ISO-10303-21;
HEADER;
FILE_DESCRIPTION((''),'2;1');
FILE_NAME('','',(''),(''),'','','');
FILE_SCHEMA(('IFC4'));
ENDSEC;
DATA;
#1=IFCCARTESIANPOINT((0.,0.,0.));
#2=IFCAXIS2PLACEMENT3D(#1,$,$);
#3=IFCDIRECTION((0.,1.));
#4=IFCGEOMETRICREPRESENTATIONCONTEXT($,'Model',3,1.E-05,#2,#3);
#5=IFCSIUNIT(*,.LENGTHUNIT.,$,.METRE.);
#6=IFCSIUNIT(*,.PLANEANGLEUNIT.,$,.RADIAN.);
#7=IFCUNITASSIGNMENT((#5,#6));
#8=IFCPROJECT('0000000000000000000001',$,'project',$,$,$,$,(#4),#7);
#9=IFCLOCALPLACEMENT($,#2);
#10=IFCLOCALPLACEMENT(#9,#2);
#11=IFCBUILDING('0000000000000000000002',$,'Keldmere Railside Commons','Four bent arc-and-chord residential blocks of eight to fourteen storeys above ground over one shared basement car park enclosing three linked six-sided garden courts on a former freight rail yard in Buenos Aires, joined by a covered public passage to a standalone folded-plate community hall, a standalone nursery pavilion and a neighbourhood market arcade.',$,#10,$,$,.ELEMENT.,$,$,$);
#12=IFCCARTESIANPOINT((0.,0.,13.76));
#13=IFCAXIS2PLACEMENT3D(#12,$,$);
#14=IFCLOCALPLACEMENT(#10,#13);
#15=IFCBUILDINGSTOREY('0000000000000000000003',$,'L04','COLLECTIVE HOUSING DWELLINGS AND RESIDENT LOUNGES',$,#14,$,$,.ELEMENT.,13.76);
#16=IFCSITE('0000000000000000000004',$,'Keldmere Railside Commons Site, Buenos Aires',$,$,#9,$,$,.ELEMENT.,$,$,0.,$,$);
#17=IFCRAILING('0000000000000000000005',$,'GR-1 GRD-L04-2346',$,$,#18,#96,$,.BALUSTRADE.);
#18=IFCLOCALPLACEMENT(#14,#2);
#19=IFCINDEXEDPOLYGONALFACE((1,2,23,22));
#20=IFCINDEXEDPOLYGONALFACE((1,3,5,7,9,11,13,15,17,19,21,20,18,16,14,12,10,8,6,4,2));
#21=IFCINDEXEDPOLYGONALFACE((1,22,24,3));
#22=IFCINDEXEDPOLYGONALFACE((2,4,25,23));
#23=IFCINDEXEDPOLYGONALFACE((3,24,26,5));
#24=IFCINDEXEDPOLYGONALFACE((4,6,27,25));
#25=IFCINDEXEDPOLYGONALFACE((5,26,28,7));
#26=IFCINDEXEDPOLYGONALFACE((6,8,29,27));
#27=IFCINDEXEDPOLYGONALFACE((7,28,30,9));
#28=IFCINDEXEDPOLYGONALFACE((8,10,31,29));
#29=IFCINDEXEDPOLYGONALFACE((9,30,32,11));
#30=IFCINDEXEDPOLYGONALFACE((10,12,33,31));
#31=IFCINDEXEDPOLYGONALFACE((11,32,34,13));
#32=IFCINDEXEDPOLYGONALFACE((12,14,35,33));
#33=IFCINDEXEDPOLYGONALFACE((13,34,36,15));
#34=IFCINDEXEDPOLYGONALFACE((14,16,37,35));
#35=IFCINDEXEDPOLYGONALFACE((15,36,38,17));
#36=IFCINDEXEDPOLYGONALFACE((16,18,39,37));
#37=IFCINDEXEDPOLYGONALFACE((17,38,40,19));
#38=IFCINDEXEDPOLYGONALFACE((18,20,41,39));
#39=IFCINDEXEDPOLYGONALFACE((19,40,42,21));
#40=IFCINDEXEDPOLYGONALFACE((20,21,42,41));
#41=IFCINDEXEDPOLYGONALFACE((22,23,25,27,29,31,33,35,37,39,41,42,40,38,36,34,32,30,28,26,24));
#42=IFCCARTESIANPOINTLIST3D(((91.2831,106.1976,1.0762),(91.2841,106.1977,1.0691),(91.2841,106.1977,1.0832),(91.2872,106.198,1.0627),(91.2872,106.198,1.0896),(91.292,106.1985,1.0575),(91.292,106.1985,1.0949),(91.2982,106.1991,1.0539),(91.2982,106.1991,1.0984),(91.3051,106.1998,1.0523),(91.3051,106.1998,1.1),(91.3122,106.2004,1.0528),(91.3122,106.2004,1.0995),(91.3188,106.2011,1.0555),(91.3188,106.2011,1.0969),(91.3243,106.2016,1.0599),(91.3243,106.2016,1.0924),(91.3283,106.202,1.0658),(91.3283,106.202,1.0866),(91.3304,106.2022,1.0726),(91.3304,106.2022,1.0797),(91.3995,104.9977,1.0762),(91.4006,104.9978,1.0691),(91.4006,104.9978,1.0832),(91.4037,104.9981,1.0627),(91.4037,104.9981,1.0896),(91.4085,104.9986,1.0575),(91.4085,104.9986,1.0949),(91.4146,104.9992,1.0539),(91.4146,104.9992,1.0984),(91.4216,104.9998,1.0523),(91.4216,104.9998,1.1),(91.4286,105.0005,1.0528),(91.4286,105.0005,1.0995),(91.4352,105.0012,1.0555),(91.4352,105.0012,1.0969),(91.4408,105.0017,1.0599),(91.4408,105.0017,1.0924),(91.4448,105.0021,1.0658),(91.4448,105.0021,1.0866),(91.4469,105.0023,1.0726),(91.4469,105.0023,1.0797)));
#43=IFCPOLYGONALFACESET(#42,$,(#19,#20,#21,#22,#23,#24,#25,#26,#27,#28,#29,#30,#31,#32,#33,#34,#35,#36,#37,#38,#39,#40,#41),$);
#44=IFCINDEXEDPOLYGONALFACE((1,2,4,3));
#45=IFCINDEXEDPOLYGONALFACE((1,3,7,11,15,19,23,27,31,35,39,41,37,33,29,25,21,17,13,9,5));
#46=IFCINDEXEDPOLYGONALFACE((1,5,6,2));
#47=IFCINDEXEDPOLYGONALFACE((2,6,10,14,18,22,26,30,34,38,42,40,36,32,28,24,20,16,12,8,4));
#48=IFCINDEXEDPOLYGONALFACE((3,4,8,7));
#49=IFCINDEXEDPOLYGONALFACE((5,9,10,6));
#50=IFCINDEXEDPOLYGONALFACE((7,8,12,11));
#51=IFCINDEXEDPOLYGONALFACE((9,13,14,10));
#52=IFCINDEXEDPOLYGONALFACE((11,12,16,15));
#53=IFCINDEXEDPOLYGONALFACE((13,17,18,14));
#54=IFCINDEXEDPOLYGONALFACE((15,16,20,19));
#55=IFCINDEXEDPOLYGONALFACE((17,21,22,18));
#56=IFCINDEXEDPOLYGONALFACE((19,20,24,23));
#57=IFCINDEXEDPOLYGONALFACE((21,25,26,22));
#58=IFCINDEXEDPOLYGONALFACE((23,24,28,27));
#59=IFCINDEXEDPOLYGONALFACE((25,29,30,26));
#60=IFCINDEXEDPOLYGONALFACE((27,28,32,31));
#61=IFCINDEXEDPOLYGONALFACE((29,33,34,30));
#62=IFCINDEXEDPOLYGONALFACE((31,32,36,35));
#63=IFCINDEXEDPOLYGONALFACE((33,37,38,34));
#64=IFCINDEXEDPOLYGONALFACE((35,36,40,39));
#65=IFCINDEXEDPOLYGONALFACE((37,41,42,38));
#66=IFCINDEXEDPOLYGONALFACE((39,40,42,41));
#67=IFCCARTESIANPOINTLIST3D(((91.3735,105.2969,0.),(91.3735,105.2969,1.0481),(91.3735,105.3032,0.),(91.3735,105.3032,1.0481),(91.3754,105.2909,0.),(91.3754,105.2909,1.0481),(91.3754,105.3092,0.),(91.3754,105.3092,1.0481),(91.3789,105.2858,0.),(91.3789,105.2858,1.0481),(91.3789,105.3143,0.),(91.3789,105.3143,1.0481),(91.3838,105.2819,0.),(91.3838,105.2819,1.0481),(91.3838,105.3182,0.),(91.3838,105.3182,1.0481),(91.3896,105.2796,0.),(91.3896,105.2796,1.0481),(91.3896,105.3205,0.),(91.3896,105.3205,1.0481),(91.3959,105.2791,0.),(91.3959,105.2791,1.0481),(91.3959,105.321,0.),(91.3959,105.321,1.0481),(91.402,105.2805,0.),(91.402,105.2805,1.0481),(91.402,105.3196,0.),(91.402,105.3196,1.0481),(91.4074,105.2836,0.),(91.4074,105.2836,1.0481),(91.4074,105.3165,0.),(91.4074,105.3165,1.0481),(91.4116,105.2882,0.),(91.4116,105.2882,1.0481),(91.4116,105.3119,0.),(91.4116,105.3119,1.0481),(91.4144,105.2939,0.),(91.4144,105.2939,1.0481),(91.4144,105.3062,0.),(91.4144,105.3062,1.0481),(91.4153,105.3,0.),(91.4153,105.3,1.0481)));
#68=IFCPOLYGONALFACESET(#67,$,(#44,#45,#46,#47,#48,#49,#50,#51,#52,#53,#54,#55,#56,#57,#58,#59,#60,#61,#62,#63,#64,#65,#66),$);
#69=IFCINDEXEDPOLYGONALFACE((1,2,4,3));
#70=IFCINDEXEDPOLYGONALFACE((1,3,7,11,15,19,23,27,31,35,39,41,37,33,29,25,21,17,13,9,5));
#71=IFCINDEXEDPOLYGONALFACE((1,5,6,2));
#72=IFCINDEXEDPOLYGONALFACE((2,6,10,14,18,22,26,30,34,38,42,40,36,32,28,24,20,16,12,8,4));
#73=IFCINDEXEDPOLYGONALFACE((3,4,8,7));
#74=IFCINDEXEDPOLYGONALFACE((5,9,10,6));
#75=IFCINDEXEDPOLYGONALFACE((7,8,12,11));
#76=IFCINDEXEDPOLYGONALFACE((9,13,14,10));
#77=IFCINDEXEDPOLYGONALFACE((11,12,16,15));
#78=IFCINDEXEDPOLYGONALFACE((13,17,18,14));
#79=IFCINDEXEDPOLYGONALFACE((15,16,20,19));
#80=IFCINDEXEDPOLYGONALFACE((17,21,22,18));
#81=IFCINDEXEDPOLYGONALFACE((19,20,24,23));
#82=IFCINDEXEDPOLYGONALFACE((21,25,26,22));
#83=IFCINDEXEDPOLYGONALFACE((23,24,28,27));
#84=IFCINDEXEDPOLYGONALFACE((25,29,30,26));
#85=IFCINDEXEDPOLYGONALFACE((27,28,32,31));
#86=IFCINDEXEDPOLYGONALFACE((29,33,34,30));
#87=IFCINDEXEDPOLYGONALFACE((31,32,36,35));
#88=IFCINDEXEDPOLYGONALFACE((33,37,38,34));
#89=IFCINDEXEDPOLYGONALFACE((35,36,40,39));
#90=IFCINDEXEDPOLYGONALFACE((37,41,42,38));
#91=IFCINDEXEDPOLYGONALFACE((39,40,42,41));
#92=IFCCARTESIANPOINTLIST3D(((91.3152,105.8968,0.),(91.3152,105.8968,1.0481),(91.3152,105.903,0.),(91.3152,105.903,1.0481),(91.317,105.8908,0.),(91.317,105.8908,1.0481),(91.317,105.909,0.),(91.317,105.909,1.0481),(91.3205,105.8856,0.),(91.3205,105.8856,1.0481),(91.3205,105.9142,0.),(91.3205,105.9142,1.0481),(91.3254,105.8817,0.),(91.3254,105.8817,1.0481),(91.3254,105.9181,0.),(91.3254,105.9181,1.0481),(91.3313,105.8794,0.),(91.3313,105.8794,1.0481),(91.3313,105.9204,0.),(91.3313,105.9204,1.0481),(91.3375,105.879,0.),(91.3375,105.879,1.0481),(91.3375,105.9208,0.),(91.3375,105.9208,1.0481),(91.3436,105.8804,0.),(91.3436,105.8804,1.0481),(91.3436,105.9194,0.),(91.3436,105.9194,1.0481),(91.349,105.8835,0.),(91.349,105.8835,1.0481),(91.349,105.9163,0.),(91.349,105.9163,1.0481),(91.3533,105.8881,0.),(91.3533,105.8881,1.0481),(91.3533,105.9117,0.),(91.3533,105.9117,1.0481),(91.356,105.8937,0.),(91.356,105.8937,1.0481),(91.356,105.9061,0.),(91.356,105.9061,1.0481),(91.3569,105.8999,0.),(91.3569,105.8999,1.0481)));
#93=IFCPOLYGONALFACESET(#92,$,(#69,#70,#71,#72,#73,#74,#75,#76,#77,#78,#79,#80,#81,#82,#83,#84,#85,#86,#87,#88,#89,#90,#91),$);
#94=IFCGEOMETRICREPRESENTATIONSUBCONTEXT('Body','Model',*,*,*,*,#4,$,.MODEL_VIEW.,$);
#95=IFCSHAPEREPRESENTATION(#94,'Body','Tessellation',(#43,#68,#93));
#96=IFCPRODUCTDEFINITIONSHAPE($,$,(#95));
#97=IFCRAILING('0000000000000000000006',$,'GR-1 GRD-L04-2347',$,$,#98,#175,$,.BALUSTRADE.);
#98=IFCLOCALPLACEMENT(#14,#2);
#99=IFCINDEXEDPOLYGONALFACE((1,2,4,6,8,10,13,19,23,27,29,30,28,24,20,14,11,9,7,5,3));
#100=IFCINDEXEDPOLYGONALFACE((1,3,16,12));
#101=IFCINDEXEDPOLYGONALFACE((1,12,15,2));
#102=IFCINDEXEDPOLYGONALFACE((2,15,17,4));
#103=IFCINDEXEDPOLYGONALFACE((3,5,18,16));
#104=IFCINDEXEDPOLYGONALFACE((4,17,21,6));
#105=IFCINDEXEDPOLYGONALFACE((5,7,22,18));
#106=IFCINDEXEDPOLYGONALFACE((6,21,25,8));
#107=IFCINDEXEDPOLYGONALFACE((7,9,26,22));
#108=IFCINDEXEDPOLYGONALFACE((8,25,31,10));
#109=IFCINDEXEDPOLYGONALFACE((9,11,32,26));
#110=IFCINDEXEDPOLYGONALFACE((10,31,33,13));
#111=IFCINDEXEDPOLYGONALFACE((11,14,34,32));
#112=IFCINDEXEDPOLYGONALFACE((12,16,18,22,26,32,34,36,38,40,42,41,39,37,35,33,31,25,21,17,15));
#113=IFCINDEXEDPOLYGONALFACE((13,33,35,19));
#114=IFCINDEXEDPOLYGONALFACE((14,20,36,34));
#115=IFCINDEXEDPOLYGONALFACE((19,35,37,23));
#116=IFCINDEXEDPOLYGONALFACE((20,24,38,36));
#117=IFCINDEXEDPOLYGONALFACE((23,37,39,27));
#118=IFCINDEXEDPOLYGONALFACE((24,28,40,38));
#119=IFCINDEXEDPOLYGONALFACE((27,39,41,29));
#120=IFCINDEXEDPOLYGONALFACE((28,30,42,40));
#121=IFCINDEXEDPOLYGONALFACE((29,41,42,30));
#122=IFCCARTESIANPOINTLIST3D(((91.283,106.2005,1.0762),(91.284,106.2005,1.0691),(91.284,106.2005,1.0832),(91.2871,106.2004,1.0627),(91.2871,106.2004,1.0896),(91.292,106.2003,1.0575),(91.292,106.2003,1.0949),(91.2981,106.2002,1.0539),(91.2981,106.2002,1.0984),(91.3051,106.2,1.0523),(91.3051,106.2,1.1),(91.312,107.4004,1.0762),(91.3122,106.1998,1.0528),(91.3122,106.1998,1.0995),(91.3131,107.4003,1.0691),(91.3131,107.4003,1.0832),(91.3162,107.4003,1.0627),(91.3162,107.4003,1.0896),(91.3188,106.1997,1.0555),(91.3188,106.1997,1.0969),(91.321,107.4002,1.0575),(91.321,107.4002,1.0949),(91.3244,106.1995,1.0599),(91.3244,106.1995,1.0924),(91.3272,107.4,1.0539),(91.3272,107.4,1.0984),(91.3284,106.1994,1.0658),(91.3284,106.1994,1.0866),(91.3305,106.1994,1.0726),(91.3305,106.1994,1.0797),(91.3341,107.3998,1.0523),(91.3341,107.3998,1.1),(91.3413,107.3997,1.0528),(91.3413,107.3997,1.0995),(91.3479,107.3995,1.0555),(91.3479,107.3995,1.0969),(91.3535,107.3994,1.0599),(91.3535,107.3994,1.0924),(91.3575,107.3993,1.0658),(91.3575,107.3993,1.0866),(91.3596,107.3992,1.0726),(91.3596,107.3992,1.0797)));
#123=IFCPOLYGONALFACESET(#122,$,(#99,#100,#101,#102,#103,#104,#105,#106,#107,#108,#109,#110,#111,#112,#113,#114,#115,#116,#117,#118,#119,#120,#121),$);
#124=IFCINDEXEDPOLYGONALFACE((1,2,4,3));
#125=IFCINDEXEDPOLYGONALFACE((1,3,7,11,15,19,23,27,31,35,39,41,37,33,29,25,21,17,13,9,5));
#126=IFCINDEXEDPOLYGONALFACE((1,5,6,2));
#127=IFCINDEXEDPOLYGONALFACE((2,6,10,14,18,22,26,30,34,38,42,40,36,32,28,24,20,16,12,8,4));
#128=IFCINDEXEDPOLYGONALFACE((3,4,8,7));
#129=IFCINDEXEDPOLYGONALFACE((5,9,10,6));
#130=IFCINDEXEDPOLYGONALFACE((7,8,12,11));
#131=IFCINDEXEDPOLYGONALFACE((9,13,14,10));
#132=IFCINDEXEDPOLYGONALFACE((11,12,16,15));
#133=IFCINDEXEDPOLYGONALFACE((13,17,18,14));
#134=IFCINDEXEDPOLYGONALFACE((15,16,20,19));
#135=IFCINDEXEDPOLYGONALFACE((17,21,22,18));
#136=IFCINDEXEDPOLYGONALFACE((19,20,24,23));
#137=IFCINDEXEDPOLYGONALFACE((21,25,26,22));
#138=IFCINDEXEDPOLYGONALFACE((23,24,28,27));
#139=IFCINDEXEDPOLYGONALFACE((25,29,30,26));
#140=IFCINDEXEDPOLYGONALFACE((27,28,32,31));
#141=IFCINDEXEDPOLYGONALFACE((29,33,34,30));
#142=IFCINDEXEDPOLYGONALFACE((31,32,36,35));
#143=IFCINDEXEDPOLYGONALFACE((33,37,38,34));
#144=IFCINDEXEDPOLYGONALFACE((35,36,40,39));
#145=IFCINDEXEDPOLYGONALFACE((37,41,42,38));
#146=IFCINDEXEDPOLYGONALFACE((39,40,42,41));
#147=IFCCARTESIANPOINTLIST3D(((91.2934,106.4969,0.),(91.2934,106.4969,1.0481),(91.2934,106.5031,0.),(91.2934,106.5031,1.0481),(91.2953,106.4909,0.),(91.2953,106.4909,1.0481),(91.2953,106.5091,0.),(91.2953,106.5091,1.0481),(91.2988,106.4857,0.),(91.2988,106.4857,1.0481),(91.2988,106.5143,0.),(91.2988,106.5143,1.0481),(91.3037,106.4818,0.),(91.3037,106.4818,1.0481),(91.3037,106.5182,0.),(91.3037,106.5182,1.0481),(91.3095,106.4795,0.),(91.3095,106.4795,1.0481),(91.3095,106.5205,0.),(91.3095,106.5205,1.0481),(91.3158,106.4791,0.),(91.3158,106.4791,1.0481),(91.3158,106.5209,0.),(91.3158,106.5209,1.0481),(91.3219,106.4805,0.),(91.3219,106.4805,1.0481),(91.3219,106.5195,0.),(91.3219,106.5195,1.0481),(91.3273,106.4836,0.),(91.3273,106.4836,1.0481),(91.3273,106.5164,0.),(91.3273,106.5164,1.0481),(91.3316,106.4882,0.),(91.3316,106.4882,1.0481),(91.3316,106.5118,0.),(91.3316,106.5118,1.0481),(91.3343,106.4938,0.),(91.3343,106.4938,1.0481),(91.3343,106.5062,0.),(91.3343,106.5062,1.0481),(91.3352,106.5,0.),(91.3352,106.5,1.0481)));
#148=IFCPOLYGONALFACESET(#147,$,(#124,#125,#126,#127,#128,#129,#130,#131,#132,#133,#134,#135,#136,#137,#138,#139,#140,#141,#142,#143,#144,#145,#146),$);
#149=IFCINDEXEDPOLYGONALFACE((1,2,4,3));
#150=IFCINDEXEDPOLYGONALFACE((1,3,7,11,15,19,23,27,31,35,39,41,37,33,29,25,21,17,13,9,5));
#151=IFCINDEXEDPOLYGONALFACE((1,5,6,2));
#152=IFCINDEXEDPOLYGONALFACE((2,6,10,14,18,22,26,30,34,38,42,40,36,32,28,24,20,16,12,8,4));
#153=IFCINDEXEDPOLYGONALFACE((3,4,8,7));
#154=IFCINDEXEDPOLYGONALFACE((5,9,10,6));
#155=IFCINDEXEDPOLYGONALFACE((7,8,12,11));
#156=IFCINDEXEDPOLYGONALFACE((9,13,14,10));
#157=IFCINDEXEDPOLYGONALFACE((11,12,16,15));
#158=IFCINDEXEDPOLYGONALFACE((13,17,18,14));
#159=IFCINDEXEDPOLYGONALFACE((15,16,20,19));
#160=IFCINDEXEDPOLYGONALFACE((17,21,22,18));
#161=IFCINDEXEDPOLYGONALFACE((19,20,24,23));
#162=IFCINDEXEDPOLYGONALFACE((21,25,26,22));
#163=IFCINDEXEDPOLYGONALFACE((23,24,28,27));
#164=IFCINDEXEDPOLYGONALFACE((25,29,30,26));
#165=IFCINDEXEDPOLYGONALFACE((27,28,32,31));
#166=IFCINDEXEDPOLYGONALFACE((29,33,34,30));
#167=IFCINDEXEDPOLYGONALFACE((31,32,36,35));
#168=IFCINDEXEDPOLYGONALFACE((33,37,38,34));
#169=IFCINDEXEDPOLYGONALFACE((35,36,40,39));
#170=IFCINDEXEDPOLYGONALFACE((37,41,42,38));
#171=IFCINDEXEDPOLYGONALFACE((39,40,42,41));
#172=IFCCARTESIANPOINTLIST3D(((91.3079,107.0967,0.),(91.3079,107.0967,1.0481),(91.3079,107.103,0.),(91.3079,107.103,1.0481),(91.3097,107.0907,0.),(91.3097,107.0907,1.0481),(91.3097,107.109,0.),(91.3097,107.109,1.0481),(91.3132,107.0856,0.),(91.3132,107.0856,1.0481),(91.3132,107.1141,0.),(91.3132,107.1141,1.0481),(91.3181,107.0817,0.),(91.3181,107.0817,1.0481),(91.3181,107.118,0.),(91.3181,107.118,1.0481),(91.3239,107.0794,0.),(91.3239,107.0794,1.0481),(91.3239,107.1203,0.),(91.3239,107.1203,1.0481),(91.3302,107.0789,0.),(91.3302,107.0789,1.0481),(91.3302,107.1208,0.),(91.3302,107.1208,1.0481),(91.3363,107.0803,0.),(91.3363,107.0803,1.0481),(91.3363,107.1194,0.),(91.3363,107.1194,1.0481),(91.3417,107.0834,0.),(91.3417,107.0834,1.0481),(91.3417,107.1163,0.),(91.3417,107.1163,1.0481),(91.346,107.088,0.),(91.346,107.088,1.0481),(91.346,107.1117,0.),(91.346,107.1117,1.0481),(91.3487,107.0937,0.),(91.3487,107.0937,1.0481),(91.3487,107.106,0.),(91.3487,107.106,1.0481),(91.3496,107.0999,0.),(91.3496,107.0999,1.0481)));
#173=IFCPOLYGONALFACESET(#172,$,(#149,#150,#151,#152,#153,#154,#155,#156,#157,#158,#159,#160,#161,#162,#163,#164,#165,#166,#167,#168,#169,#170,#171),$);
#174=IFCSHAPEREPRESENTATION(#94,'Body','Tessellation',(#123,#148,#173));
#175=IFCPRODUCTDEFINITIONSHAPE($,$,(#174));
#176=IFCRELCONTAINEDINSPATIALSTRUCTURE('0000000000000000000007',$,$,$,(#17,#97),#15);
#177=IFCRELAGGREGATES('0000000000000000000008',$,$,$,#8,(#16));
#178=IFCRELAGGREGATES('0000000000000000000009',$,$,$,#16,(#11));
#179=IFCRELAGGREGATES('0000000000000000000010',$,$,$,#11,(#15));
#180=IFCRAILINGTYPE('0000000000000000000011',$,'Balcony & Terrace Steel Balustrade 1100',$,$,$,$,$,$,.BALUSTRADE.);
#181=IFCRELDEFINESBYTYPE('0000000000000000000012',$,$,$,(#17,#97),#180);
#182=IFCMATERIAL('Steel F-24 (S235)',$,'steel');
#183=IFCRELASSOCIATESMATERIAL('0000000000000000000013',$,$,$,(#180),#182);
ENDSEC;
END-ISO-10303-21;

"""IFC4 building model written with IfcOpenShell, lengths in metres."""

from ifc_helpers import new_model, si_unit, direction, frame, origin, origin_2d, place, context, subcontext, project, spatial, circle, extrude, material, type_object, element, save


model = new_model("IFC4")

# Units and contexts
model_context = context("Model", 3, precision=1e-05, world=origin(), true_north=direction((0.0, 1.0)))
body_context = subcontext(model_context, "Body", "Model", "MODEL_VIEW")
ifc_project = project(units=[si_unit("LENGTHUNIT", "METRE"), si_unit("PLANEANGLEUNIT", "RADIAN")], contexts=[model_context])

# Site, building, storey
site_placement = place(None, origin())
site = spatial("IfcSite", under=ifc_project, at=site_placement, Name="Keldmere Railside Commons Site, Buenos Aires", CompositionType="ELEMENT", RefElevation=0.0)
building_placement = place(site_placement, origin())
building = spatial("IfcBuilding", under=site, at=building_placement, Name="Keldmere Railside Commons", Description="Four bent arc-and-chord residential blocks of eight to fourteen storeys above ground over one shared basement car park enclosing three linked six-sided garden courts on a former freight rail yard in Buenos Aires, joined by a covered public passage to a standalone folded-plate community hall, a standalone nursery pavilion and a neighbourhood market arcade.", CompositionType="ELEMENT")
storey_placement = place(building_placement, frame((0.0, 0.0, 13.76)))
storey = spatial("IfcBuildingStorey", under=building, at=storey_placement, Name="L04", Description="COLLECTIVE HOUSING DWELLINGS AND RESIDENT LOUNGES", CompositionType="ELEMENT", Elevation=13.76)

# Railings
ifc_material = material(Name="Steel F-24 (S235)", Category="steel")
railing_type = type_object("IfcRailingType", Name="Balcony & Terrace Steel Balustrade 1100", PredefinedType="BALUSTRADE", material=ifc_material)
railing_1_placement = place(storey_placement, frame((91.4233, 105.0, 0.0)))
element("IfcRailing", 1, at=railing_1_placement, inside=storey, type_object=railing_type, Name="GR-1 GRD-L04-2346", PredefinedType="BALUSTRADE", context=body_context, shape_type="SweptSolid", body=[
    extrude(circle(Radius=0.0239, at=origin_2d()), frame((0.0, 0.0, 1.0762), z_axis=(-0.096596, 0.995324, 0.0), x_axis=(-0.995324, -0.096596, 0.0)), (0.0, 0.0, 1.0), 1.2056),
    extrude(circle(Radius=0.021, at=origin_2d()), frame((-0.0291, 0.3, 0.0)), (0.0, 0.0, 1.0), 1.0481),
    extrude(circle(Radius=0.021, at=origin_2d()), frame((-0.0874, 0.8999, 0.0)), (0.0, 0.0, 1.0), 1.0481),
])
railing_2_placement = place(storey_placement, frame((91.3069, 106.2, 0.0)))
element("IfcRailing", 2, at=railing_2_placement, inside=storey, type_object=railing_type, Name="GR-1 GRD-L04-2347", PredefinedType="BALUSTRADE", context=body_context, shape_type="SweptSolid", body=[
    extrude(circle(Radius=0.0239, at=origin_2d()), frame((0.0, 0.0, 1.0762), z_axis=(0.024205, 0.999707, 0.0), x_axis=(-0.999707, 0.024205, 0.0)), (0.0, 0.0, 1.0), 1.2002),
    extrude(circle(Radius=0.021, at=origin_2d()), frame((0.0073, 0.3, 0.0)), (0.0, 0.0, 1.0), 1.0481),
    extrude(circle(Radius=0.021, at=origin_2d()), frame((0.0217, 0.8999, 0.0)), (0.0, 0.0, 1.0), 1.0481),
])

save(model, "model.ifc")
